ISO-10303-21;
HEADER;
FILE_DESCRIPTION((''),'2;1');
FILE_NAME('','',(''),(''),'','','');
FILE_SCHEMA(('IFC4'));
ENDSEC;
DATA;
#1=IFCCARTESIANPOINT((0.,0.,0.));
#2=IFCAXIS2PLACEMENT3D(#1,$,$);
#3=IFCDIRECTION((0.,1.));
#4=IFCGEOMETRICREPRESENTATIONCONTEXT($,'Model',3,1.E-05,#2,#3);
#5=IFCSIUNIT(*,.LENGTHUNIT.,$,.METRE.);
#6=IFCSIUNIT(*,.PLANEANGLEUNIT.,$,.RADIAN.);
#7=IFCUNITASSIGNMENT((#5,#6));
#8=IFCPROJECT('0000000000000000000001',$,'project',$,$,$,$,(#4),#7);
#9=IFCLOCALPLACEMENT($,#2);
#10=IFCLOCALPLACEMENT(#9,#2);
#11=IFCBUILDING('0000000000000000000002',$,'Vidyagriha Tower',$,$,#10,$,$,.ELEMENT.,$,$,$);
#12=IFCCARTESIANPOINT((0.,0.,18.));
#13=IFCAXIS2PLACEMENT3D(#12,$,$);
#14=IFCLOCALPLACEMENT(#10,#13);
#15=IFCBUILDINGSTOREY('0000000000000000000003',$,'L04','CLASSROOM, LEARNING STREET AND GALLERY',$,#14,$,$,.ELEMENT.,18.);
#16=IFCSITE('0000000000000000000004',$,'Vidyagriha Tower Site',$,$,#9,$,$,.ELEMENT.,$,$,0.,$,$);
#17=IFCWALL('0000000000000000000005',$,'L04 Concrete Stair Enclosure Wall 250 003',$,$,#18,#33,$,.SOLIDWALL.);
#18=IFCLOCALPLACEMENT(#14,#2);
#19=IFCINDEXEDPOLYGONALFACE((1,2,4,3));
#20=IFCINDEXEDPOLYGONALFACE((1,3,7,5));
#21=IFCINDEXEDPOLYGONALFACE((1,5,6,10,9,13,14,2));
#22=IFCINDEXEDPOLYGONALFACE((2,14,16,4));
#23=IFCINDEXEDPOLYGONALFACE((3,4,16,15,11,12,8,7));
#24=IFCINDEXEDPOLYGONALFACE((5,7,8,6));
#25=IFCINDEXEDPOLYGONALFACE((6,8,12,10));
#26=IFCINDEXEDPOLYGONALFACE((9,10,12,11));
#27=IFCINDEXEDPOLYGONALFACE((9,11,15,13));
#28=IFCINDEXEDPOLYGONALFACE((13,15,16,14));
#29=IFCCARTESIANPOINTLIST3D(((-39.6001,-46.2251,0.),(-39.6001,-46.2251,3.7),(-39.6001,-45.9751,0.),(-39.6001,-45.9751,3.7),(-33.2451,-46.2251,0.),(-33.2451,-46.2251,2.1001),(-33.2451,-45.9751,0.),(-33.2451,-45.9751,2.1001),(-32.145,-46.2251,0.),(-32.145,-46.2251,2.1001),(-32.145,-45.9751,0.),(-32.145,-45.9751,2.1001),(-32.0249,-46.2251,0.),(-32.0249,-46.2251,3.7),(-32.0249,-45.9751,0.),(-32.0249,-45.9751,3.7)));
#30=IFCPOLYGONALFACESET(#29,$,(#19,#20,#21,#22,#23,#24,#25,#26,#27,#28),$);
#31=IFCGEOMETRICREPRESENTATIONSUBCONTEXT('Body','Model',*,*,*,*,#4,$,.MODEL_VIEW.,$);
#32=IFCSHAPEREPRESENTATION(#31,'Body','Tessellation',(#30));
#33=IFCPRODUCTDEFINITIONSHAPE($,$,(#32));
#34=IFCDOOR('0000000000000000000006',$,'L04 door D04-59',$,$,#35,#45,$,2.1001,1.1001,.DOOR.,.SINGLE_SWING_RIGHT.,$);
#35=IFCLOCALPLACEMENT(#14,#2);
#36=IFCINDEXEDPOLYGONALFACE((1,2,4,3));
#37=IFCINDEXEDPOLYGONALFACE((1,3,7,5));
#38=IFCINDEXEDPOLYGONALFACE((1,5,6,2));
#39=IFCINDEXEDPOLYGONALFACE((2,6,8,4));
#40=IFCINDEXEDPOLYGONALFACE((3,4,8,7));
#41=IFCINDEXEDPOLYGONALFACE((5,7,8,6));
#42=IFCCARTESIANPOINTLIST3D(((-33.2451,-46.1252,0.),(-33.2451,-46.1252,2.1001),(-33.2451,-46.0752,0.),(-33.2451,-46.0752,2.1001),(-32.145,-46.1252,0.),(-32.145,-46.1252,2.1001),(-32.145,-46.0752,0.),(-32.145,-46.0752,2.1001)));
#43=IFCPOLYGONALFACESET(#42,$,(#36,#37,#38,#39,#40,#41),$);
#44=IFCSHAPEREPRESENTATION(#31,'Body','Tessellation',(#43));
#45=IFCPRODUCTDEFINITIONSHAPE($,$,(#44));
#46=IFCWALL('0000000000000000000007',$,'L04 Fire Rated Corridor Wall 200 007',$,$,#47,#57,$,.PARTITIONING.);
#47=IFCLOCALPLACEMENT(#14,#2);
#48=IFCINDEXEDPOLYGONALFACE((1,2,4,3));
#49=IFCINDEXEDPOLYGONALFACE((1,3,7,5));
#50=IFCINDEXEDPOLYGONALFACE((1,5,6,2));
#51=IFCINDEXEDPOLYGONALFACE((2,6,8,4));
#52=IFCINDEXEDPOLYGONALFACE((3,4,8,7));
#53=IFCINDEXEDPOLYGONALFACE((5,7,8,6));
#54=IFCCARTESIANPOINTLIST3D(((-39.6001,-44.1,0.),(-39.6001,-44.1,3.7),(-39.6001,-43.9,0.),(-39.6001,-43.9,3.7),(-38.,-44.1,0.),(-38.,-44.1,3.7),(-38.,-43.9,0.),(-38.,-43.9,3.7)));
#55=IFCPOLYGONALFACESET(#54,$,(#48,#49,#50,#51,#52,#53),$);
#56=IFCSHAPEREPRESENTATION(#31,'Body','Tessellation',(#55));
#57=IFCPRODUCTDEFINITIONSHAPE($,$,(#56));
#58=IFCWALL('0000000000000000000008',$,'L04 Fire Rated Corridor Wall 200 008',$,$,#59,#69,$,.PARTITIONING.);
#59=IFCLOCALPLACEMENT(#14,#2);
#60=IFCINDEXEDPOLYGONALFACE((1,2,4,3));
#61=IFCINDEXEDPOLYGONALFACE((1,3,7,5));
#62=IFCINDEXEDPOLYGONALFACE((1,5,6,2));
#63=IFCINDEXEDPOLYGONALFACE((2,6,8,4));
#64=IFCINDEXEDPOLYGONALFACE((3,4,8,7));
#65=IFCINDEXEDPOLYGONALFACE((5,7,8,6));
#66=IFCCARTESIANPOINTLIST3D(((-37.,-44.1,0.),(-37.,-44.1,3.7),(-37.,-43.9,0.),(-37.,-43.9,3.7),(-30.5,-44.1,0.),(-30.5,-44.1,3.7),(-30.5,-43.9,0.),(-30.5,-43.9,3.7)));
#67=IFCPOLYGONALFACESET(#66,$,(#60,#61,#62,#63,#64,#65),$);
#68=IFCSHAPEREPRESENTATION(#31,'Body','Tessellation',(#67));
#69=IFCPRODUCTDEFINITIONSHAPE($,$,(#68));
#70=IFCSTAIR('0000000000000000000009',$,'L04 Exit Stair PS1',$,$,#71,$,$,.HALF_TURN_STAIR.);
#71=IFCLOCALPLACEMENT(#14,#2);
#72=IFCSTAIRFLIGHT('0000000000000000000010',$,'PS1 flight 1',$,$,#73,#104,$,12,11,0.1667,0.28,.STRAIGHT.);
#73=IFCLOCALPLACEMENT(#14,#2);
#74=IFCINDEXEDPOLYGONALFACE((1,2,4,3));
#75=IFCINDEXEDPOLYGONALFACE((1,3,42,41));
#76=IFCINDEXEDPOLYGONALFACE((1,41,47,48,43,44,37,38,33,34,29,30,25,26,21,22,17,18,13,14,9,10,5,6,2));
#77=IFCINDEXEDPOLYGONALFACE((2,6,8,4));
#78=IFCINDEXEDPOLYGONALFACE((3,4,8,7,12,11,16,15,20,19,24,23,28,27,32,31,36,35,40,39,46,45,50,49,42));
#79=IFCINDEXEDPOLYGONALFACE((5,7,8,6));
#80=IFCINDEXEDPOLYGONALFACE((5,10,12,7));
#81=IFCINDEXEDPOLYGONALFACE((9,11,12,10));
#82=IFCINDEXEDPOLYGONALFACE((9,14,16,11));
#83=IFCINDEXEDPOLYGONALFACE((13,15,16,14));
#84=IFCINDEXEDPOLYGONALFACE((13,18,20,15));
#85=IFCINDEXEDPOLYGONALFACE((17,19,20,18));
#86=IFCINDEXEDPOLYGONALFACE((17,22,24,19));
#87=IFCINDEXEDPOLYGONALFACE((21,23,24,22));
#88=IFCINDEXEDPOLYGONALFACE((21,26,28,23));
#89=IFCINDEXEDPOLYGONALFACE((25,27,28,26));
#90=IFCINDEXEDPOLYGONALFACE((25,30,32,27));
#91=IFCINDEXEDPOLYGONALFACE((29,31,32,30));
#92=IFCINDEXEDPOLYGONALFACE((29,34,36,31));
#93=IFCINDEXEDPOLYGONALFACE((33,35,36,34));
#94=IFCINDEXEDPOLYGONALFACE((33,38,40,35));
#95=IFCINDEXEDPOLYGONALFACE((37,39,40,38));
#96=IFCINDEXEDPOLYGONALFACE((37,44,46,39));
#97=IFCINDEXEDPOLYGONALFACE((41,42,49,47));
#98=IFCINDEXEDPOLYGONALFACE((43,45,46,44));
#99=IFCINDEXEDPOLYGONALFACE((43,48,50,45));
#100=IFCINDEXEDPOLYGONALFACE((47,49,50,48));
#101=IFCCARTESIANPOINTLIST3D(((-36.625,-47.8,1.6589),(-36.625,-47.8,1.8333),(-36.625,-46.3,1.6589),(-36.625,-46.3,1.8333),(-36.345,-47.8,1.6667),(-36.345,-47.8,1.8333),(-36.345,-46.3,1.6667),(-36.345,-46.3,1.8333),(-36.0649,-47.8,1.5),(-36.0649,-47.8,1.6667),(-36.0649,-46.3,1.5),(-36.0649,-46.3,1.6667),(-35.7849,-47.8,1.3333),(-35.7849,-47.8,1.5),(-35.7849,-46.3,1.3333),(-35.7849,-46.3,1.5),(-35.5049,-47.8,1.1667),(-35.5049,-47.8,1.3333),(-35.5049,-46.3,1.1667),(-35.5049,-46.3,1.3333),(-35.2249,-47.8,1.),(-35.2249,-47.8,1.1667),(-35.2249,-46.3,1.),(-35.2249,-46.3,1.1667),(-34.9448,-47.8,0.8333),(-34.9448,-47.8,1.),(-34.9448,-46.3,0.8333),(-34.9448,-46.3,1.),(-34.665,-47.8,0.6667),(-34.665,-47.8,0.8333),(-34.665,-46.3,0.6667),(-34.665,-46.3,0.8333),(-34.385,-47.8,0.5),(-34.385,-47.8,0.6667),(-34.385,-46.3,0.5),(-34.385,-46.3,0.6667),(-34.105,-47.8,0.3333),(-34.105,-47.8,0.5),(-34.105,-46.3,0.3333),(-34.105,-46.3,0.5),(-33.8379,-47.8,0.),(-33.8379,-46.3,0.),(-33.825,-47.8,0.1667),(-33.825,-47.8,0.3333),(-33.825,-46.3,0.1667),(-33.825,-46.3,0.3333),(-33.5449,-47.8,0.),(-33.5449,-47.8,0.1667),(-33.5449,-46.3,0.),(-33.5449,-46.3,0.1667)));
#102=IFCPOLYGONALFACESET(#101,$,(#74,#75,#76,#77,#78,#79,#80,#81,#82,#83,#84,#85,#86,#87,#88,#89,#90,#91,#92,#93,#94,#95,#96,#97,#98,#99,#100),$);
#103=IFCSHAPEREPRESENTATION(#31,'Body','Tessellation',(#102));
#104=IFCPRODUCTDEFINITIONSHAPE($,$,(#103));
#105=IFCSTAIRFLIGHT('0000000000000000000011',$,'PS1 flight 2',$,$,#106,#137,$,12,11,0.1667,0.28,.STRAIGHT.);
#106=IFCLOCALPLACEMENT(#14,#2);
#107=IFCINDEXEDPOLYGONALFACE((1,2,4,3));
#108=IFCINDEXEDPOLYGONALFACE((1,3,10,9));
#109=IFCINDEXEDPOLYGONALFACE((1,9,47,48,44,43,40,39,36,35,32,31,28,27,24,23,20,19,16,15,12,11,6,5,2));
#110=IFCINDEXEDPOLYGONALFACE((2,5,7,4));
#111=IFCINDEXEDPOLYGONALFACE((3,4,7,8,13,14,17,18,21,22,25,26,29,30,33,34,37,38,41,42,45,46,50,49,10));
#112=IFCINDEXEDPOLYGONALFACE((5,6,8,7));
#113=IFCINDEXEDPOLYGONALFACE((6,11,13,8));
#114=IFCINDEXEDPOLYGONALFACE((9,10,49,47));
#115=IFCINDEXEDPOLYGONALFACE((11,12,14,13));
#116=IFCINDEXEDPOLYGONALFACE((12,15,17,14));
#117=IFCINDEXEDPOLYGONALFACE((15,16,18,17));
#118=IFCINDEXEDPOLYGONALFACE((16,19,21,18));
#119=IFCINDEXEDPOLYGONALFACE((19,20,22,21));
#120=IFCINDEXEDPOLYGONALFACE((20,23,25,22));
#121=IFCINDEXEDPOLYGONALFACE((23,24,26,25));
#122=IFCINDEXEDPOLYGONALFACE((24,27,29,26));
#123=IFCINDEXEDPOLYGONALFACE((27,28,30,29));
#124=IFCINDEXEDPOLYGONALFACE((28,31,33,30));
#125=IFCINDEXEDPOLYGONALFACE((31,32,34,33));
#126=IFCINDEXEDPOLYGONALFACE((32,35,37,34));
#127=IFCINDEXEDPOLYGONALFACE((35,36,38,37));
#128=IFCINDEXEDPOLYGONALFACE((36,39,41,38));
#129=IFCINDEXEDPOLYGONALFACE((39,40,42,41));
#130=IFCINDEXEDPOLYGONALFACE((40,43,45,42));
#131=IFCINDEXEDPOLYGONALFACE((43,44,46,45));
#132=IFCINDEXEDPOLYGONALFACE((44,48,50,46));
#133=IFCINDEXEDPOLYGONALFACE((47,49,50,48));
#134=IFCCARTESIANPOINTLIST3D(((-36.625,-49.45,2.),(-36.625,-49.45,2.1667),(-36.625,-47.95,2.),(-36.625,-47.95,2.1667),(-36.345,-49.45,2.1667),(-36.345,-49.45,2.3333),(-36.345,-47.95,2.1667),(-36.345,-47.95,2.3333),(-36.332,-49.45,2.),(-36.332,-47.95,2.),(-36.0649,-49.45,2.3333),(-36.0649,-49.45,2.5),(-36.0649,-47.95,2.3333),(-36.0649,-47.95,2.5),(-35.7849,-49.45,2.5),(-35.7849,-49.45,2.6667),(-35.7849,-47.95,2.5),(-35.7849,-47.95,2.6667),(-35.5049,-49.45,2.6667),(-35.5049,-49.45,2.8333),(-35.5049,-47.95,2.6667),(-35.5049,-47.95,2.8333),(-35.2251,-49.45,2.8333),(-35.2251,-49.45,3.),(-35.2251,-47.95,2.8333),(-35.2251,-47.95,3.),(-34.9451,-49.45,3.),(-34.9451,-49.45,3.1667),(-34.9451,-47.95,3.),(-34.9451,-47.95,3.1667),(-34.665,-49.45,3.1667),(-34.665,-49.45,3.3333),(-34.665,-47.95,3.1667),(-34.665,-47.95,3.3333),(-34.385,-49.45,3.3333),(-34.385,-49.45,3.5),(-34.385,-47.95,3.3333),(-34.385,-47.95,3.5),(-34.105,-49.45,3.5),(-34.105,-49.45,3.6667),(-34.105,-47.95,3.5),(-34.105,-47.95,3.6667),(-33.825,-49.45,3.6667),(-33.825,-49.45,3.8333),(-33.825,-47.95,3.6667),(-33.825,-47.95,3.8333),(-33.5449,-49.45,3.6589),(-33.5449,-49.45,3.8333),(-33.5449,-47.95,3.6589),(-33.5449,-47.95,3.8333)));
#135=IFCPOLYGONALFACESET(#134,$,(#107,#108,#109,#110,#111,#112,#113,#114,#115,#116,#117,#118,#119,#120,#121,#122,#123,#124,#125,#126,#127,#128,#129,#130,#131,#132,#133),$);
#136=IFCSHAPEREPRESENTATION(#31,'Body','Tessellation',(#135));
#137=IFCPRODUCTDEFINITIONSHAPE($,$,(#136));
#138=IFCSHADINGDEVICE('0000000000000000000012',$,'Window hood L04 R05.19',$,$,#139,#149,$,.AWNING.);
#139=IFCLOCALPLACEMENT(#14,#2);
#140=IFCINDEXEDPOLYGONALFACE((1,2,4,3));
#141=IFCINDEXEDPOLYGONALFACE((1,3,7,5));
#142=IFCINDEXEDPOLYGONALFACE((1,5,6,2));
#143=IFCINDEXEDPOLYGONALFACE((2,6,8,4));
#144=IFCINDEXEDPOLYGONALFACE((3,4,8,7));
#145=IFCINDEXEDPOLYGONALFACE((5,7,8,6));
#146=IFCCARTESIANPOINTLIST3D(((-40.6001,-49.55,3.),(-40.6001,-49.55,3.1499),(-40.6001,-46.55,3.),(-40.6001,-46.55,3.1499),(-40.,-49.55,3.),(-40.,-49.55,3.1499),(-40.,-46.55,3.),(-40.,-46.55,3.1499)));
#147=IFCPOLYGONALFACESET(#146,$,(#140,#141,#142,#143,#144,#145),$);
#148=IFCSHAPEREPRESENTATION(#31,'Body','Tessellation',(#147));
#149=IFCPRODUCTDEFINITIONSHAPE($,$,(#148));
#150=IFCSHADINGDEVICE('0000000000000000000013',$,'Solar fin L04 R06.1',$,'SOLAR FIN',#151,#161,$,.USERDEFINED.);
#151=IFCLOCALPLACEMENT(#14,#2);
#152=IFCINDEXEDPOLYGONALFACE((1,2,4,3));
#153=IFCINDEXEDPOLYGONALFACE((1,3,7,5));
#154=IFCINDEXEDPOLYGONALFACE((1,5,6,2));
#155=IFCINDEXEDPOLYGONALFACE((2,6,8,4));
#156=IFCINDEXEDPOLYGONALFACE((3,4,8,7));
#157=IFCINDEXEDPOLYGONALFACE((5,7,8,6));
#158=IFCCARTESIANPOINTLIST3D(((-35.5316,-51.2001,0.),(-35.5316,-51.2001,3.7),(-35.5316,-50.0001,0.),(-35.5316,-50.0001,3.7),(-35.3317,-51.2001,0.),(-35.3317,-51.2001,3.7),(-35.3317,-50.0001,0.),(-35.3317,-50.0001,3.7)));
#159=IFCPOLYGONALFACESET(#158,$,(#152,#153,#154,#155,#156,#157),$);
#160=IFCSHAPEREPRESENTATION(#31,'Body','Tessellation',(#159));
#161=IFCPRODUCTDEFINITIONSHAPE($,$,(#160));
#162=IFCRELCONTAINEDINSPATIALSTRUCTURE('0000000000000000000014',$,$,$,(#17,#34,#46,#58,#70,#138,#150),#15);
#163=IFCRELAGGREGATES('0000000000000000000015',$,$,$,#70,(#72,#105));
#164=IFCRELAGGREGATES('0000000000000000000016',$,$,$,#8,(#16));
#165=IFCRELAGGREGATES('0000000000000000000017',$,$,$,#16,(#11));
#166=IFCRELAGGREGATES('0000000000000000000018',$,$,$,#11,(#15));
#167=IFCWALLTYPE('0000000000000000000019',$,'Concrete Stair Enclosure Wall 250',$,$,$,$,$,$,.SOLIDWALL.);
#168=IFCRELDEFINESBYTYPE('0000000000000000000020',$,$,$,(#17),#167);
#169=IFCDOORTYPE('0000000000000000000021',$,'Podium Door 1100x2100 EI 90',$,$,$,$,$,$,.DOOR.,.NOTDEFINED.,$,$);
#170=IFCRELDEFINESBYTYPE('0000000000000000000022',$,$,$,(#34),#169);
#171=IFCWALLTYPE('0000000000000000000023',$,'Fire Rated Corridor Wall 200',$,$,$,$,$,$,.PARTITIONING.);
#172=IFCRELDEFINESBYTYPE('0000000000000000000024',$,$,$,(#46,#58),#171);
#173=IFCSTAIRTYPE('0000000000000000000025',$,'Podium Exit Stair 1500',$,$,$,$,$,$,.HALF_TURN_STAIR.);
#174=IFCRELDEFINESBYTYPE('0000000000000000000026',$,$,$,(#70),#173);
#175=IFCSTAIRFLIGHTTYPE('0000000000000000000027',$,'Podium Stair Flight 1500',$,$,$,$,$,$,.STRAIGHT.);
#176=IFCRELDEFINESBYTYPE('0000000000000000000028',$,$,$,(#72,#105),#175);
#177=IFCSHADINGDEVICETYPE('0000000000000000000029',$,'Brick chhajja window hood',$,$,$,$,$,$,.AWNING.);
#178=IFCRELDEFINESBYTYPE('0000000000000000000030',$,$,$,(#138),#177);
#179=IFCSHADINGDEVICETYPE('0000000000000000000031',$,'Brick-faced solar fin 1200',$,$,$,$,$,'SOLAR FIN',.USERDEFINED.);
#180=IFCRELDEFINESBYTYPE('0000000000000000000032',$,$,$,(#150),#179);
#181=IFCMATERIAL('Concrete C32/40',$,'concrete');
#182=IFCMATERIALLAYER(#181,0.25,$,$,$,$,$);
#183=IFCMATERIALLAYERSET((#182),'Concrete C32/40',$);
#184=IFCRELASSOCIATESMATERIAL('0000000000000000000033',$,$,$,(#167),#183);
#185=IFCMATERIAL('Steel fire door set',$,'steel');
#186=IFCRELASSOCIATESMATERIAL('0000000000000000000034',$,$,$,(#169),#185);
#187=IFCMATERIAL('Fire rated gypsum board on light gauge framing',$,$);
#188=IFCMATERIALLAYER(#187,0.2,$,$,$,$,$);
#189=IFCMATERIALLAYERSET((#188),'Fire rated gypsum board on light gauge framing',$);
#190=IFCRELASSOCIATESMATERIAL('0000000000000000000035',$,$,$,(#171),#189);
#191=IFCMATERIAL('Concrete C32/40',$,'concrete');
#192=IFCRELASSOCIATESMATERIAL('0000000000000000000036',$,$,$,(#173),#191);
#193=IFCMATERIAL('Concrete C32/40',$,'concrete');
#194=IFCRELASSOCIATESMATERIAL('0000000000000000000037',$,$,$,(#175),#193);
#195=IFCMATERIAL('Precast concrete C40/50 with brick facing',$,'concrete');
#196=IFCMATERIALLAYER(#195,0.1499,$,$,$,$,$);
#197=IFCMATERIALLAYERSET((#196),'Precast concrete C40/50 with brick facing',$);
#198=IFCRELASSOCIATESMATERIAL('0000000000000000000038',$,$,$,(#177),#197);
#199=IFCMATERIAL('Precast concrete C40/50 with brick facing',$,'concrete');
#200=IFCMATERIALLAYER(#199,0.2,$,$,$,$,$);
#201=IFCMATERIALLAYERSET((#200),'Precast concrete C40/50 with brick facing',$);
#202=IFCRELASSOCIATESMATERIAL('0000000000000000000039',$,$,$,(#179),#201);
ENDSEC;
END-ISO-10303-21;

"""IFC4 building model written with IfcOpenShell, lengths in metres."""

from ifc_helpers import new_model, si_unit, direction, frame, frame_2d, origin, origin_2d, place, context, subcontext, project, spatial, polyline, rectangle, outline, extrude, material, layer, layer_set, type_object, element, fill, aggregate, save


model = new_model("IFC4")

# Units and contexts
model_context = context("Model", 3, precision=1e-05, world=origin(), true_north=direction((0.0, 1.0)))
body_context = subcontext(model_context, "Body", "Model", "MODEL_VIEW")
ifc_project = project(units=[si_unit("LENGTHUNIT", "METRE"), si_unit("PLANEANGLEUNIT", "RADIAN")], contexts=[model_context])

# Site, building, storey
site_placement = place(None, origin())
site = spatial("IfcSite", under=ifc_project, at=site_placement, Name="Vidyagriha Tower Site", CompositionType="ELEMENT", RefElevation=0.0)
building_placement = place(site_placement, origin())
building = spatial("IfcBuilding", under=site, at=building_placement, Name="Vidyagriha Tower", CompositionType="ELEMENT")
storey_placement = place(building_placement, frame((0.0, 0.0, 18.0)))
storey = spatial("IfcBuildingStorey", under=building, at=storey_placement, Name="L04", Description="CLASSROOM, LEARNING STREET AND GALLERY", CompositionType="ELEMENT", Elevation=18.0)

# Wall, opening, door
ifc_material_1 = material(Name="Concrete C32/40", Category="concrete")
ifc_layer_1 = layer(ifc_material_1, 0.25)
ifc_layer_set_1 = layer_set([ifc_layer_1], Name="Concrete C32/40")
wall_type_1 = type_object("IfcWallType", Name="Concrete Stair Enclosure Wall 250", PredefinedType="SOLIDWALL", material=ifc_layer_set_1)
wall_1_placement = place(storey_placement, frame((-39.6001, -46.1001, 0.0)))
wall_1 = element("IfcWall", 1, at=wall_1_placement, inside=storey, type_object=wall_type_1, Name="L04 Concrete Stair Enclosure Wall 250 003", PredefinedType="SOLIDWALL", context=body_context, shape_type="SweptSolid", body=[
    extrude(rectangle(XDim=7.5752, YDim=0.25, at=frame_2d((3.7876, 0.0))), origin(), (0.0, 0.0, 1.0), 3.7),
])
opening_1_placement = place(wall_1_placement, frame((6.355, 0.0, 0.0)))
opening_1 = element("IfcOpeningElement", 2, at=opening_1_placement, cuts=wall_1, PredefinedType="OPENING", context=body_context, shape_type="SweptSolid", body=[
    extrude(rectangle(XDim=1.1001, YDim=2.1001, at=frame_2d((0.55, 1.05))), frame((0.0, 0.135, 0.0), z_axis=(0.0, -1.0, 0.0), x_axis=(1.0, 0.0, 0.0)), (0.0, 0.0, 1.0), 0.27),
])
ifc_material_2 = material(Name="Steel fire door set", Category="steel")
door_type = type_object("IfcDoorType", Name="Podium Door 1100x2100 EI 90", OperationType="NOTDEFINED", PredefinedType="DOOR", material=ifc_material_2)
door_placement = place(opening_1_placement, origin())
door = element("IfcDoor", 3, at=door_placement, inside=storey, type_object=door_type, Name="L04 door D04-59", OperationType="SINGLE_SWING_RIGHT", OverallHeight=2.1001, OverallWidth=1.1001, PredefinedType="DOOR", context=body_context, shape_type="SweptSolid", body=[
    extrude(rectangle(XDim=1.1001, YDim=2.1001, at=frame_2d((0.55, 1.05))), frame((0.0, 0.0249, 0.0), z_axis=(0.0, -1.0, 0.0), x_axis=(1.0, 0.0, 0.0)), (0.0, 0.0, 1.0), 0.05),
])
fill(opening_1, door)

# Walls
ifc_material_3 = material(Name="Fire rated gypsum board on light gauge framing")
ifc_layer_2 = layer(ifc_material_3, 0.2)
ifc_layer_set_2 = layer_set([ifc_layer_2], Name="Fire rated gypsum board on light gauge framing")
wall_type_2 = type_object("IfcWallType", Name="Fire Rated Corridor Wall 200", PredefinedType="PARTITIONING", material=ifc_layer_set_2)
wall_2_placement = place(storey_placement, frame((-39.6001, -44.0, 0.0)))
element("IfcWall", 4, at=wall_2_placement, inside=storey, type_object=wall_type_2, Name="L04 Fire Rated Corridor Wall 200 007", PredefinedType="PARTITIONING", context=body_context, shape_type="SweptSolid", body=[
    extrude(rectangle(XDim=1.6001, YDim=0.2, at=frame_2d((0.8, 0.0))), origin(), (0.0, 0.0, 1.0), 3.7),
])
wall_3_placement = place(storey_placement, frame((-37.0, -44.0, 0.0)))
element("IfcWall", 5, at=wall_3_placement, inside=storey, type_object=wall_type_2, Name="L04 Fire Rated Corridor Wall 200 008", PredefinedType="PARTITIONING", context=body_context, shape_type="SweptSolid", body=[
    extrude(rectangle(XDim=6.5, YDim=0.2, at=frame_2d((3.25, 0.0))), origin(), (0.0, 0.0, 1.0), 3.7),
])

# Stair, stair flights
ifc_material_4 = material(Name="Concrete C32/40", Category="concrete")
stair_type = type_object("IfcStairType", Name="Podium Exit Stair 1500", PredefinedType="HALF_TURN_STAIR", material=ifc_material_4)
stair_placement = place(storey_placement, origin())
stair = element("IfcStair", 6, at=stair_placement, inside=storey, type_object=stair_type, Name="L04 Exit Stair PS1", PredefinedType="HALF_TURN_STAIR")
ifc_material_5 = material(Name="Concrete C32/40", Category="concrete")
stair_flight_type = type_object("IfcStairFlightType", Name="Podium Stair Flight 1500", PredefinedType="STRAIGHT", material=ifc_material_5)
stair_flight_1_placement = place(storey_placement, frame((-33.5449, -47.05, 0.0), z_axis=(0.0, 0.0, 1.0), x_axis=(-1.0, 0.0, 0.0)))
stair_flight_1 = element("IfcStairFlight", 7, at=stair_flight_1_placement, type_object=stair_flight_type, Name="PS1 flight 1", NumberOfRisers=12, NumberOfTreads=11, PredefinedType="STRAIGHT", RiserHeight=0.1667, TreadLength=0.28, context=body_context, shape_type="SweptSolid", body=[
    extrude(outline(polyline([(0.0, 0.0), (0.0, 0.1667), (0.28, 0.1667), (0.28, 0.3333), (0.5601, 0.3333), (0.5601, 0.5), (0.8401, 0.5), (0.8401, 0.6667), (1.1201, 0.6667), (1.1201, 0.8333), (1.3999, 0.8333), (1.3999, 1.0), (1.6799, 1.0), (1.6799, 1.1667), (1.96, 1.1667), (1.96, 1.3333), (2.24, 1.3333), (2.24, 1.5), (2.52, 1.5), (2.52, 1.6667), (2.8, 1.6667), (2.8, 1.8333), (3.0801, 1.8333), (3.0801, 2.0), (3.0801, 1.6589), (0.293, 0.0), (0.0, 0.0)])), frame((0.0, 0.75, 0.0), z_axis=(0.0, -1.0, 0.0), x_axis=(1.0, 0.0, 0.0)), (0.0, 0.0, 1.0), 1.5),
])
stair_flight_2_placement = place(storey_placement, frame((-36.625, -48.7, 2.0)))
stair_flight_2 = element("IfcStairFlight", 8, at=stair_flight_2_placement, type_object=stair_flight_type, Name="PS1 flight 2", NumberOfRisers=12, NumberOfTreads=11, PredefinedType="STRAIGHT", RiserHeight=0.1667, TreadLength=0.28, context=body_context, shape_type="SweptSolid", body=[
    extrude(outline(polyline([(0.0, 0.0), (0.0, 0.1667), (0.28, 0.1667), (0.28, 0.3333), (0.5601, 0.3333), (0.5601, 0.5), (0.8401, 0.5), (0.8401, 0.6667), (1.1201, 0.6667), (1.1201, 0.8333), (1.3999, 0.8333), (1.3999, 1.0), (1.6799, 1.0), (1.6799, 1.1667), (1.96, 1.1667), (1.96, 1.3333), (2.24, 1.3333), (2.24, 1.5), (2.52, 1.5), (2.52, 1.6667), (2.8, 1.6667), (2.8, 1.8333), (3.0801, 1.8333), (3.0801, 2.0), (3.0801, 1.6589), (0.293, 0.0), (0.0, 0.0)])), frame((0.0, 0.75, 0.0), z_axis=(0.0, -1.0, 0.0), x_axis=(1.0, 0.0, 0.0)), (0.0, 0.0, 1.0), 1.5),
])
aggregate(stair, [stair_flight_1, stair_flight_2])

# Shading devices
ifc_material_6 = material(Name="Precast concrete C40/50 with brick facing", Category="concrete")
ifc_layer_3 = layer(ifc_material_6, 0.1499)
ifc_layer_set_3 = layer_set([ifc_layer_3], Name="Precast concrete C40/50 with brick facing")
shading_device_type_1 = type_object("IfcShadingDeviceType", Name="Brick chhajja window hood", PredefinedType="AWNING", material=ifc_layer_set_3)
shading_device_1_placement = place(storey_placement, frame((-40.3, -48.05, 3.0), z_axis=(0.0, 0.0, 1.0), x_axis=(0.0, -1.0, 0.0)))
element("IfcShadingDevice", 9, at=shading_device_1_placement, inside=storey, type_object=shading_device_type_1, Name="Window hood L04 R05.19", PredefinedType="AWNING", context=body_context, shape_type="SweptSolid", body=[
    extrude(rectangle(XDim=3.0, YDim=0.6001, at=origin_2d()), origin(), (0.0, 0.0, 1.0), 0.1499),
])
ifc_material_7 = material(Name="Precast concrete C40/50 with brick facing", Category="concrete")
ifc_layer_4 = layer(ifc_material_7, 0.2)
ifc_layer_set_4 = layer_set([ifc_layer_4], Name="Precast concrete C40/50 with brick facing")
shading_device_type_2 = type_object("IfcShadingDeviceType", Name="Brick-faced solar fin 1200", ElementType="SOLAR FIN", PredefinedType="USERDEFINED", material=ifc_layer_set_4)
shading_device_2_placement = place(storey_placement, frame((-35.4316, -50.0, 0.0), z_axis=(0.0, 0.0, 1.0), x_axis=(0.0, -1.0, 0.0)))
element("IfcShadingDevice", 10, at=shading_device_2_placement, inside=storey, type_object=shading_device_type_2, Name="Solar fin L04 R06.1", ObjectType="SOLAR FIN", PredefinedType="USERDEFINED", context=body_context, shape_type="SweptSolid", body=[
    extrude(rectangle(XDim=1.2, YDim=0.2, at=frame_2d((0.6001, 0.0))), origin(), (0.0, 0.0, 1.0), 3.7),
])

save(model, "model.ifc")
